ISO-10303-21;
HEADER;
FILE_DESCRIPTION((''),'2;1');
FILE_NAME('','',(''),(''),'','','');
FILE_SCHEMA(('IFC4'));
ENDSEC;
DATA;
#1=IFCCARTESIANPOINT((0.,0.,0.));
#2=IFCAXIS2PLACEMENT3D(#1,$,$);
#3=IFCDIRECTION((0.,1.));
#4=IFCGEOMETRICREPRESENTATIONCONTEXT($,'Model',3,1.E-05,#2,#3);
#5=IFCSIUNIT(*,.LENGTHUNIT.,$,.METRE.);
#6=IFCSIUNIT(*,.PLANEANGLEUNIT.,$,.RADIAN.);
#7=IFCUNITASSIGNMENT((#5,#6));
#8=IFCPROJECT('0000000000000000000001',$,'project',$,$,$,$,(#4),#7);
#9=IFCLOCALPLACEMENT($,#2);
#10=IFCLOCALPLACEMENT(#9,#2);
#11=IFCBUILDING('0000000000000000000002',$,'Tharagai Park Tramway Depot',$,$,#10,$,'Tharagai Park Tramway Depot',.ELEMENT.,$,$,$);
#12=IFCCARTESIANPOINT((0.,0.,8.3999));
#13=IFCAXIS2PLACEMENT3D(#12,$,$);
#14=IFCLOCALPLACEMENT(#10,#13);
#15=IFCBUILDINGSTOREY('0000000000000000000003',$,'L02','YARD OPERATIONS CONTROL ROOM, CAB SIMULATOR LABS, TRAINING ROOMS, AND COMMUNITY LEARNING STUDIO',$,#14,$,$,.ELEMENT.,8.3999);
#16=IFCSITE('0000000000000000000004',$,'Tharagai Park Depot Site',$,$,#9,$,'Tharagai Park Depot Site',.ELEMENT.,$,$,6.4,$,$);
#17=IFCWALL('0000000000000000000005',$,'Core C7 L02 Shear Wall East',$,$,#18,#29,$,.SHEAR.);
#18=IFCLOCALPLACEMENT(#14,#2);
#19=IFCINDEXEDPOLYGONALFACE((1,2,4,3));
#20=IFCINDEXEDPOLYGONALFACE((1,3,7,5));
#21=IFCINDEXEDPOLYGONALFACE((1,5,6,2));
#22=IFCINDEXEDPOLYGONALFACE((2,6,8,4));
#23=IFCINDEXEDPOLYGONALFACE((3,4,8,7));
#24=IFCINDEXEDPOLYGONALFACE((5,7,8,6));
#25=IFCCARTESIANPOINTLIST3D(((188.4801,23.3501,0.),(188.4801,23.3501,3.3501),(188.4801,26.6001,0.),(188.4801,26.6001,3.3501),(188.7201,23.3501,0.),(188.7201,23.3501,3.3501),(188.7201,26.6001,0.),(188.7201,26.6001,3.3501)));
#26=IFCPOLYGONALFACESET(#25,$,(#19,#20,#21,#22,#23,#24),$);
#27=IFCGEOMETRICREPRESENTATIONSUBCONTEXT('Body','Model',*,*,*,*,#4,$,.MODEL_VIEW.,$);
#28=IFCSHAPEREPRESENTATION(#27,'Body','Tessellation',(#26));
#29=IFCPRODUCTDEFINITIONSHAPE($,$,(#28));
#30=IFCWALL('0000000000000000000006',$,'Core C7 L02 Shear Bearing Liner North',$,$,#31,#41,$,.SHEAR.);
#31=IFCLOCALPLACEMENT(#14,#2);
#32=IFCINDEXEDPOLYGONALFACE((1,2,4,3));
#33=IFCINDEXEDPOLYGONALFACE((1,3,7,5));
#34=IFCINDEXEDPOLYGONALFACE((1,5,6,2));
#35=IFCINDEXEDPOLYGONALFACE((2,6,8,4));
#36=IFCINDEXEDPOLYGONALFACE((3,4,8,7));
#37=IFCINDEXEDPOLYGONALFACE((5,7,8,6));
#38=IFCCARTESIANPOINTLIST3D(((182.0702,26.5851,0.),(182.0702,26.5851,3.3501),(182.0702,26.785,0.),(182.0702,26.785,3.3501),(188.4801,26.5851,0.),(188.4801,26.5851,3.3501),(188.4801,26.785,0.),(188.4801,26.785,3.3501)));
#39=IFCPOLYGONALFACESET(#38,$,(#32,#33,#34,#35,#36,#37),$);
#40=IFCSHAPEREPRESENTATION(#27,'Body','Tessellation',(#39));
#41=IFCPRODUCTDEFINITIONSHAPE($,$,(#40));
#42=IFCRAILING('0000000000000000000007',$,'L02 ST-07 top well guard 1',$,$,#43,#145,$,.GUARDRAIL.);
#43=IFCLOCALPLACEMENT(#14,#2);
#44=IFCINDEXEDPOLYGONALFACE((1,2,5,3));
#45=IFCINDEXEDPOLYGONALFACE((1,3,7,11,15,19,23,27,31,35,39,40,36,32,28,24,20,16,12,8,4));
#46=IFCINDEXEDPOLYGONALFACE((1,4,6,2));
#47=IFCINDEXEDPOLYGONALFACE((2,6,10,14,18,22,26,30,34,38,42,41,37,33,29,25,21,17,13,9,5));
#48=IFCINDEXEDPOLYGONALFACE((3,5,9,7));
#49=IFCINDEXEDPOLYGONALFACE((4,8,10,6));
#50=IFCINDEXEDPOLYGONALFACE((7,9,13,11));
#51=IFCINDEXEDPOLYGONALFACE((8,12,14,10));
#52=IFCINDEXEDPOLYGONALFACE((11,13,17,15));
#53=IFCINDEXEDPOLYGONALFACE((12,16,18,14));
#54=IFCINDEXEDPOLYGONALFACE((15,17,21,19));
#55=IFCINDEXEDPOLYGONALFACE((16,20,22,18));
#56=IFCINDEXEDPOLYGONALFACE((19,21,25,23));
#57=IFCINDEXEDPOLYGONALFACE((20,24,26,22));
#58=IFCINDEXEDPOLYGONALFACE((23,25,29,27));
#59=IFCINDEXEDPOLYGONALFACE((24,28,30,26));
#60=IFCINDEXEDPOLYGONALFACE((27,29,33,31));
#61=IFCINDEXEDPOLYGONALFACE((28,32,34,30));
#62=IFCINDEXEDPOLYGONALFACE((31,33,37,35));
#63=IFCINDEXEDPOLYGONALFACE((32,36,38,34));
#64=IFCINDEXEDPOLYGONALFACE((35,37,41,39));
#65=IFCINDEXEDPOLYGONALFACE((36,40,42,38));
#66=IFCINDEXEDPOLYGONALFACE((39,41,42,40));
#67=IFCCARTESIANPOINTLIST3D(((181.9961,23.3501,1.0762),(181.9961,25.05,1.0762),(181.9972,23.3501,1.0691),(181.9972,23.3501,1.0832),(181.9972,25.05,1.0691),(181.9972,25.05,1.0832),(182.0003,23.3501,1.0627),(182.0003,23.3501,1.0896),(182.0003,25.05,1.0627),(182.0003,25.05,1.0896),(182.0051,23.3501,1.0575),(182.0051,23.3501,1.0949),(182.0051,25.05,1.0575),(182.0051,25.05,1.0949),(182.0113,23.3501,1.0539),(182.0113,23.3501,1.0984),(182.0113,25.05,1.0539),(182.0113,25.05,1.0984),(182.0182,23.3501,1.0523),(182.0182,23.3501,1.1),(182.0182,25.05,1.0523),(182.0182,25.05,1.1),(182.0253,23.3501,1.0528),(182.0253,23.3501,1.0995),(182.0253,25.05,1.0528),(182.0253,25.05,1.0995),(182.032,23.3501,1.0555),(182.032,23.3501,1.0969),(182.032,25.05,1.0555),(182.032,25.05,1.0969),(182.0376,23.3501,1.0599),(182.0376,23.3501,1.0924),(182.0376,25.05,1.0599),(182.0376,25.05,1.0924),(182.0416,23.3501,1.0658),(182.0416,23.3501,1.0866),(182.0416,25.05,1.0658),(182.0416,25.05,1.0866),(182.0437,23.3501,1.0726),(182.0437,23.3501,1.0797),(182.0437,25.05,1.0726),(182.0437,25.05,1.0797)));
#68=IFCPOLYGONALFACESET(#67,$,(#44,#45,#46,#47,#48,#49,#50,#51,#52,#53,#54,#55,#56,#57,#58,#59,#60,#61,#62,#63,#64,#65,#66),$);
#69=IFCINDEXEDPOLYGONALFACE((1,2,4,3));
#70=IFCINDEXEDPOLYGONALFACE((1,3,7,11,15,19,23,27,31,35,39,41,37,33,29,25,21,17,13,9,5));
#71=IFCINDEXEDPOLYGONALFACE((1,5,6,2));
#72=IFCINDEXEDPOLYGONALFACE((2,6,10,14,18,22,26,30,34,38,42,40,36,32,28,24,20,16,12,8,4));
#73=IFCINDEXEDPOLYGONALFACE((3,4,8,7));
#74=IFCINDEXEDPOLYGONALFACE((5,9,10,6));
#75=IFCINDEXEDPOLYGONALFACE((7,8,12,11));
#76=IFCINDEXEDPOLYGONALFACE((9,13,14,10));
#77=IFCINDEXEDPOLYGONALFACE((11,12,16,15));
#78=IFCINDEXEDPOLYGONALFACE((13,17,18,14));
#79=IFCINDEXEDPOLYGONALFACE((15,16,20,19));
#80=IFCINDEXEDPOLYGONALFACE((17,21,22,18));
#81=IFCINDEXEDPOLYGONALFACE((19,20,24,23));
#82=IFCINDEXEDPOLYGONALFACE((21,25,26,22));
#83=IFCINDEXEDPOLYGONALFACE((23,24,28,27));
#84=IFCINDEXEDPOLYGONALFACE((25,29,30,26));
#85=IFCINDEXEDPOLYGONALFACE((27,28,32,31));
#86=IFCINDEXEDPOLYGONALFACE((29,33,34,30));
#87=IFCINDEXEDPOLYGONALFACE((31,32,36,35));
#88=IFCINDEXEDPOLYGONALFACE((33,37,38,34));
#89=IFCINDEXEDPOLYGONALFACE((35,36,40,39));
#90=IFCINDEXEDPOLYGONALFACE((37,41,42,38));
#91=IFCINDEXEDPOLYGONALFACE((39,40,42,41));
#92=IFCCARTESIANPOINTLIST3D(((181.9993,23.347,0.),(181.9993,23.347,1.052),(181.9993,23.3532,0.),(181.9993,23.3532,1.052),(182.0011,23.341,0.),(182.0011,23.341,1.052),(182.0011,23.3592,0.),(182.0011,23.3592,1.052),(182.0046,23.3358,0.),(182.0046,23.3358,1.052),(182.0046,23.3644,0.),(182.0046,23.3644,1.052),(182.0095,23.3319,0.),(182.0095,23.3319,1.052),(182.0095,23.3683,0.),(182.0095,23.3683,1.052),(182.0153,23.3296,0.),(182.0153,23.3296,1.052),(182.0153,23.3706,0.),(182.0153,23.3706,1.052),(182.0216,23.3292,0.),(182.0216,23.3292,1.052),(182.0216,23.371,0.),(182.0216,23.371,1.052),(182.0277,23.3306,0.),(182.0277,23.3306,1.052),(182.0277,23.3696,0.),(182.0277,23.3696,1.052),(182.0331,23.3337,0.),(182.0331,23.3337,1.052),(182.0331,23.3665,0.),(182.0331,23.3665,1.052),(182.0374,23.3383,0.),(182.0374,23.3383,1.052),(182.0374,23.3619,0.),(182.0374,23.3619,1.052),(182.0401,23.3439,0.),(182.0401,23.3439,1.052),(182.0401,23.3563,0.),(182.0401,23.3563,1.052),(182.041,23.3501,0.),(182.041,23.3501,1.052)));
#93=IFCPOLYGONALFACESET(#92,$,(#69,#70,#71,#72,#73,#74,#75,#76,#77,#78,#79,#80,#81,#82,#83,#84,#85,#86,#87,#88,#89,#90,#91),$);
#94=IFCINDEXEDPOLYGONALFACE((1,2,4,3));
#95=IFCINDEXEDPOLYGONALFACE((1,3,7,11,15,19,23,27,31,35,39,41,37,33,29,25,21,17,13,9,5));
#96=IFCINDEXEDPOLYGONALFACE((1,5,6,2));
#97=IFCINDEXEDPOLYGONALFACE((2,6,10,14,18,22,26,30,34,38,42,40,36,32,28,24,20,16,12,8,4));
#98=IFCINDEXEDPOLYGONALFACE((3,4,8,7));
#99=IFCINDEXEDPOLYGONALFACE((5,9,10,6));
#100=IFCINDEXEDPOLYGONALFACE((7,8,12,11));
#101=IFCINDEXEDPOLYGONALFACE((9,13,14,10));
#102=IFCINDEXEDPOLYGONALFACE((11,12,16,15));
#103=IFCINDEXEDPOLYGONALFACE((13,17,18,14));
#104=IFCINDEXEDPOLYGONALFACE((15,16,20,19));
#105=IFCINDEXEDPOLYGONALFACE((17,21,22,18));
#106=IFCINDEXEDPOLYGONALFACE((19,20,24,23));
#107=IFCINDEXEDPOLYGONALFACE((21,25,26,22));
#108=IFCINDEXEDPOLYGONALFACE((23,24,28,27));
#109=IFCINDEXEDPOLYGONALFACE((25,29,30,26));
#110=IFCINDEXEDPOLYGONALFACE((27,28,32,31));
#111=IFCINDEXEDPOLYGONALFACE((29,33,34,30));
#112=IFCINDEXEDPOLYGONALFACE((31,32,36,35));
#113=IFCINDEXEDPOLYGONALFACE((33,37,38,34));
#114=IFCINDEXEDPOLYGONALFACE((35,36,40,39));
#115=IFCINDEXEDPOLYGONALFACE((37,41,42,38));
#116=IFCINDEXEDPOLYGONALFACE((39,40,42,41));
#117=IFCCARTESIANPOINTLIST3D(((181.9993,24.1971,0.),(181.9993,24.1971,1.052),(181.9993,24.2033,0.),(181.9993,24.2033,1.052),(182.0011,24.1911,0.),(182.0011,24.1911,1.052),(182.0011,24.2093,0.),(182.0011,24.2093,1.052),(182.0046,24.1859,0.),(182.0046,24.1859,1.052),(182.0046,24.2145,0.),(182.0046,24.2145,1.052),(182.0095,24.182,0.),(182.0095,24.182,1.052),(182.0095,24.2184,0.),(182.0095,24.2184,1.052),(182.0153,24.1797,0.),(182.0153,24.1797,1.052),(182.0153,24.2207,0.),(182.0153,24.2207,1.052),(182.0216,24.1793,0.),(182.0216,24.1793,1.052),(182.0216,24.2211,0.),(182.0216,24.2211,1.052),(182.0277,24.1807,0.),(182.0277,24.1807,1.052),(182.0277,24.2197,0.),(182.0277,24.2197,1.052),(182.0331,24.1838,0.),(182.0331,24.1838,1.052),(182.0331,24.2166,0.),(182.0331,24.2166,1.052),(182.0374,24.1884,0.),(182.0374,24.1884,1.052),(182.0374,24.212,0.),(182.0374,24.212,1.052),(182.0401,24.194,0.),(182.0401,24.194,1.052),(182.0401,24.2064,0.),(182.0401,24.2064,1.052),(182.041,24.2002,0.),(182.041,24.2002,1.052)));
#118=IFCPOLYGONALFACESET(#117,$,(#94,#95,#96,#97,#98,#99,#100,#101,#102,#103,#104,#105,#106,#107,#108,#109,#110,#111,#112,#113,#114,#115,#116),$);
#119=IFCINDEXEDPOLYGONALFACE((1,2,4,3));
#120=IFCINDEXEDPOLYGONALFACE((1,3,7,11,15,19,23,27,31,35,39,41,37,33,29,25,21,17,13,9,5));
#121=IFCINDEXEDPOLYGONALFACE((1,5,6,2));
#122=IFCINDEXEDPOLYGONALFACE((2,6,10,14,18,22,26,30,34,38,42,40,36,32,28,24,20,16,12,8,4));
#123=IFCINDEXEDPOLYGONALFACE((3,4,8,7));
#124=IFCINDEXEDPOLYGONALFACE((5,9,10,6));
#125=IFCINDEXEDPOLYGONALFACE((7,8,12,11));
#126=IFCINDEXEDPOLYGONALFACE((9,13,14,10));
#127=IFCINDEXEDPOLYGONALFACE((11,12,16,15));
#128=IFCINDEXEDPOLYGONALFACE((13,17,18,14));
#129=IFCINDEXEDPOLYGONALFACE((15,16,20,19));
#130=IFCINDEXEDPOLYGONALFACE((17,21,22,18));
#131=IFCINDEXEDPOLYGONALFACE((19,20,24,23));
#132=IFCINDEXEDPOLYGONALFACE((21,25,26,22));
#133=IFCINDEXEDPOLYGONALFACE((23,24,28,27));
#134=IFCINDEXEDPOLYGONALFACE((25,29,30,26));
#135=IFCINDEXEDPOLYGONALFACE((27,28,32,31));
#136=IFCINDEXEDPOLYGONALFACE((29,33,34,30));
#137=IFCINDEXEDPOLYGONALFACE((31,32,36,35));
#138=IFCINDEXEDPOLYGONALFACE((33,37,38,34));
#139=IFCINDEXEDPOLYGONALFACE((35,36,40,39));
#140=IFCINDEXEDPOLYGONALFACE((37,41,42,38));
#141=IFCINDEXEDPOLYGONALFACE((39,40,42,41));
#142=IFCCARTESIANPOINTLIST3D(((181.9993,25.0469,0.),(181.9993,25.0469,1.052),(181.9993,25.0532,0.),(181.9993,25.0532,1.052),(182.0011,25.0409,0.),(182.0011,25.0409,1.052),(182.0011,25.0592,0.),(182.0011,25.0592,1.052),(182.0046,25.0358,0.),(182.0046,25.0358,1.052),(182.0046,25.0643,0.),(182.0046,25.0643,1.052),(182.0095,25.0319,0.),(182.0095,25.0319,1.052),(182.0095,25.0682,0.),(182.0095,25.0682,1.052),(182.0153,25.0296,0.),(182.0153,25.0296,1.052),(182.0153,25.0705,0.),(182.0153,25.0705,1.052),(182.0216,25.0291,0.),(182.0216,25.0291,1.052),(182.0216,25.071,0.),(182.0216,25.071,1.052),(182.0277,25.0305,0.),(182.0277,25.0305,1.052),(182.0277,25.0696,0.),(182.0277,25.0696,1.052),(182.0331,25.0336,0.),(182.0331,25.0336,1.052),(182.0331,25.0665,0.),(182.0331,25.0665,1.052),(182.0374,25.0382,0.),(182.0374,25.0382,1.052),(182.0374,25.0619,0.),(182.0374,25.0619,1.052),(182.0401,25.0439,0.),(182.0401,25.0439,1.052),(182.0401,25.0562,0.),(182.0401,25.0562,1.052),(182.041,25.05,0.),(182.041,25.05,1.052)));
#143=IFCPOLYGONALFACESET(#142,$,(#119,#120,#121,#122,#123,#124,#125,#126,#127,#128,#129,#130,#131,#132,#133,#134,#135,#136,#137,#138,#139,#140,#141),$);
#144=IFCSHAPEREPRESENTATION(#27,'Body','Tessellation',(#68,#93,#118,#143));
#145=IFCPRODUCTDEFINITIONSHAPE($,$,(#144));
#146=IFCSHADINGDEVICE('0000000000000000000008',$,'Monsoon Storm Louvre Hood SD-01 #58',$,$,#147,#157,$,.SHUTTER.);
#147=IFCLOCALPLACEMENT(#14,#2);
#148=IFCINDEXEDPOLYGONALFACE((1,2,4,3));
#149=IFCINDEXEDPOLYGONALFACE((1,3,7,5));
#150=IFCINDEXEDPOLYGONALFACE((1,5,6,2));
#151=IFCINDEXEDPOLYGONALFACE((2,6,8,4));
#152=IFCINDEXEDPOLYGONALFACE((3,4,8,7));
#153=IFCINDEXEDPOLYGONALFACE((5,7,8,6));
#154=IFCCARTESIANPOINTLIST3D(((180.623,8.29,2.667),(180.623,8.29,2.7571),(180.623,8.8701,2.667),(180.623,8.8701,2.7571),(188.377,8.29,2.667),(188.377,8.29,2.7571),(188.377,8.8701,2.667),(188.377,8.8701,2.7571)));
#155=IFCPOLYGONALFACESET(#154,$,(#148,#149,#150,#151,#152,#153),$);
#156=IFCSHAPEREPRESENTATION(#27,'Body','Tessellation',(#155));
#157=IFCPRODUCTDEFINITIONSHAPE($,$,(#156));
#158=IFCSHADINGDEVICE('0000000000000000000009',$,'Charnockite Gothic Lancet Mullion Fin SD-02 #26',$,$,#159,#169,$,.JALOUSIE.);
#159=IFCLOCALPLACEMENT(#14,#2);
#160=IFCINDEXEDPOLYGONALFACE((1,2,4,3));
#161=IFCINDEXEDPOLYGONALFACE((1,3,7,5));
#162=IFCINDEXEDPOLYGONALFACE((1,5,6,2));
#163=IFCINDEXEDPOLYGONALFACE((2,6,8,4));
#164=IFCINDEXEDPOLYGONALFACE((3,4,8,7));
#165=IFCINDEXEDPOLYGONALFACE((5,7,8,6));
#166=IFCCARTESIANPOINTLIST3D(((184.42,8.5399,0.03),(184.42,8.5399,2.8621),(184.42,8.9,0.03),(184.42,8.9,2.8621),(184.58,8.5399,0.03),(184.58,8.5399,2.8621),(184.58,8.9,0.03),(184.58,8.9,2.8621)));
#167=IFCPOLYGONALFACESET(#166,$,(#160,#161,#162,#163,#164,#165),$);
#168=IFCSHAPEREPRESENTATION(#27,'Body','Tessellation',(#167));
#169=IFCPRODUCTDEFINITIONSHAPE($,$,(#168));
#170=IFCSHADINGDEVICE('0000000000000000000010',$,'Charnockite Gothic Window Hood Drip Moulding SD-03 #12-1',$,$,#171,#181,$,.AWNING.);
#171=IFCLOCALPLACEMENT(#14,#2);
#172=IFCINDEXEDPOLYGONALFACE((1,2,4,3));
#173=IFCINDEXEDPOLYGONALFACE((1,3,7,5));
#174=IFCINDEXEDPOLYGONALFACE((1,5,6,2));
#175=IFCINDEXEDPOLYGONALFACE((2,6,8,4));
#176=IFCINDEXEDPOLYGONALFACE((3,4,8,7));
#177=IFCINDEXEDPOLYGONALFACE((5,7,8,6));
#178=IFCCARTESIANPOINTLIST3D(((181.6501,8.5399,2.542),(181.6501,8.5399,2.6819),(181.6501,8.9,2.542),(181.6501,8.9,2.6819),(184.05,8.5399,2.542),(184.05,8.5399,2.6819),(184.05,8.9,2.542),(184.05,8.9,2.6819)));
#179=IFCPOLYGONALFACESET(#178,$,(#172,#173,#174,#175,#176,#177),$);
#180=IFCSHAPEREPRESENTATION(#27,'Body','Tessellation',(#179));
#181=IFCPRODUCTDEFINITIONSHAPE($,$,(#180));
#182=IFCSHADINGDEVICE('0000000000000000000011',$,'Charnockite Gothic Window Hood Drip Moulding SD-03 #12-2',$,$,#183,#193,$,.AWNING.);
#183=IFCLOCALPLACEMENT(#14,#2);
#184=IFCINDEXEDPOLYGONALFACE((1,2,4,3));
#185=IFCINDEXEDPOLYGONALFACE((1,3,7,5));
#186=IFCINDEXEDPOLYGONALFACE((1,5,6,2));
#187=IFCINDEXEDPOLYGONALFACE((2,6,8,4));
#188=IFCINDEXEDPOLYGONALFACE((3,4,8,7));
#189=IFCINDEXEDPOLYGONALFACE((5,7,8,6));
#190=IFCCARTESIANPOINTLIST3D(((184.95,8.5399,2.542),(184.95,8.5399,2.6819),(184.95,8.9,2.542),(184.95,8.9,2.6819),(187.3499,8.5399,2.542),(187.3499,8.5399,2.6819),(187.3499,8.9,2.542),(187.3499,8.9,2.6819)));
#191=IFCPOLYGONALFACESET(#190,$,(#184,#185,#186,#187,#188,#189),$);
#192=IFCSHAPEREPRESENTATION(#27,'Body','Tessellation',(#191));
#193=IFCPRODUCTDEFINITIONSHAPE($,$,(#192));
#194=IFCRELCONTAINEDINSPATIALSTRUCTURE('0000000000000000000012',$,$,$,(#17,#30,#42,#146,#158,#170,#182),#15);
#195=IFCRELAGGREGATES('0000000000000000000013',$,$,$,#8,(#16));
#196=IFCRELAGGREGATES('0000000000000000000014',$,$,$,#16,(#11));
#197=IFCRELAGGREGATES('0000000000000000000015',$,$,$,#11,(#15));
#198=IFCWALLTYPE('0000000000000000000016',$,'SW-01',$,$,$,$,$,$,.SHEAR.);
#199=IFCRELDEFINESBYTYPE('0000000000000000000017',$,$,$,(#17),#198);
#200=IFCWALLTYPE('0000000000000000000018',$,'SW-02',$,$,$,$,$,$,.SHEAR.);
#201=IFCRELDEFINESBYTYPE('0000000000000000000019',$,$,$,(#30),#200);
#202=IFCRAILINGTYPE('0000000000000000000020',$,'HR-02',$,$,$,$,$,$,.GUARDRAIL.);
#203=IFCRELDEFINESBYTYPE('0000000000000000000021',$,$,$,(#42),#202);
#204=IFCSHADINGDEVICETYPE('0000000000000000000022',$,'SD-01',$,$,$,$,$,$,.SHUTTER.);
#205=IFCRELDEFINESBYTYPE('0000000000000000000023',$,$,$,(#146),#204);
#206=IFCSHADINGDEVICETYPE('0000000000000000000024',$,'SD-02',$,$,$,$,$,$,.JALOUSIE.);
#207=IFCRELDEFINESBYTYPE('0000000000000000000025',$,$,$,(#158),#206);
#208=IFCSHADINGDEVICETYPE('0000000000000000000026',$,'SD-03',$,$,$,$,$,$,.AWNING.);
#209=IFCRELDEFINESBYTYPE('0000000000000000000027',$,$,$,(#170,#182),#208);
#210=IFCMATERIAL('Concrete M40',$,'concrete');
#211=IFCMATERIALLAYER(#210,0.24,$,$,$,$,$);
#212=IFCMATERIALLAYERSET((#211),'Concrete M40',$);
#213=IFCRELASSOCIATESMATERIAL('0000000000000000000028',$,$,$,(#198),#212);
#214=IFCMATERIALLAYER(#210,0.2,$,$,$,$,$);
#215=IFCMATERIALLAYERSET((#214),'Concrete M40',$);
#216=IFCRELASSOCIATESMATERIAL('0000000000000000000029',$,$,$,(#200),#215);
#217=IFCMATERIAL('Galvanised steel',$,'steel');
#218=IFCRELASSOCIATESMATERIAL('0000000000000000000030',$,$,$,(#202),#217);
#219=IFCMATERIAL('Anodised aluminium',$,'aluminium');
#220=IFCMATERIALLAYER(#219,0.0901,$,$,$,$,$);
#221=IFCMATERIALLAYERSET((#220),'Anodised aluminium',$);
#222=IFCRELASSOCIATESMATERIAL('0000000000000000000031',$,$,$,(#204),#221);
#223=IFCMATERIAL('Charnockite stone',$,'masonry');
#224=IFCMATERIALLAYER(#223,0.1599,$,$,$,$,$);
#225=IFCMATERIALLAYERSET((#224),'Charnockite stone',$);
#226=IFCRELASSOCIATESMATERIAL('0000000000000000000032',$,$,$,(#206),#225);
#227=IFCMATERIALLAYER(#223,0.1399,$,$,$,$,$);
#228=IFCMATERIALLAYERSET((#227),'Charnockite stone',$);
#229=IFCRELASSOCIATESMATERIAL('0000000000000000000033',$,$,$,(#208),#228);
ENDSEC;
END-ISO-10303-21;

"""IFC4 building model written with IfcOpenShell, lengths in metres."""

from ifc_helpers import new_model, si_unit, direction, frame, frame_2d, origin, origin_2d, place, context, subcontext, project, spatial, rectangle, circle, extrude, material, layer, layer_set, type_object, element, save


model = new_model("IFC4")

# Units and contexts
model_context = context("Model", 3, precision=1e-05, world=origin(), true_north=direction((0.0, 1.0)))
body_context = subcontext(model_context, "Body", "Model", "MODEL_VIEW")
ifc_project = project(units=[si_unit("LENGTHUNIT", "METRE"), si_unit("PLANEANGLEUNIT", "RADIAN")], contexts=[model_context])

# Site, building, storey
site_placement = place(None, origin())
site = spatial("IfcSite", under=ifc_project, at=site_placement, Name="Tharagai Park Depot Site", LongName="Tharagai Park Depot Site", CompositionType="ELEMENT", RefElevation=6.4)
building_placement = place(site_placement, origin())
building = spatial("IfcBuilding", under=site, at=building_placement, Name="Tharagai Park Tramway Depot", LongName="Tharagai Park Tramway Depot", CompositionType="ELEMENT")
storey_placement = place(building_placement, frame((0.0, 0.0, 8.3999)))
storey = spatial("IfcBuildingStorey", under=building, at=storey_placement, Name="L02", Description="YARD OPERATIONS CONTROL ROOM, CAB SIMULATOR LABS, TRAINING ROOMS, AND COMMUNITY LEARNING STUDIO", CompositionType="ELEMENT", Elevation=8.3999)

# Shared definitions
ifc_material_1 = material(Name="Concrete M40", Category="concrete")

# Shared definitions
ifc_material_2 = material(Name="Anodised aluminium", Category="aluminium")

# Shared definitions
ifc_layer_1 = layer(ifc_material_1, 0.24)
ifc_layer_set_1 = layer_set([ifc_layer_1], Name="Concrete M40")
wall_type_1 = type_object("IfcWallType", Name="SW-01", PredefinedType="SHEAR", material=ifc_layer_set_1)
ifc_material_3 = material(Name="Galvanised steel", Category="steel")

# Walls
for number, where, z_axis, x_axis, name in (
    (1, (188.6001, 23.3501, 0.0), (0.0, 0.0, 1.0), (0.0, 1.0, 0.0), "Core C7 L02 Shear Wall East"),
):
    element("IfcWall", number, at=place(storey_placement, frame(where, z_axis=z_axis, x_axis=x_axis)), inside=storey, type_object=wall_type_1, Name=name, PredefinedType="SHEAR", context=body_context, shape_type="SweptSolid", body=[
        extrude(rectangle(XDim=3.25, YDim=0.24, at=frame_2d((1.625, 0.0))), origin(), (0.0, 0.0, 1.0), 3.3501),
    ])
ifc_layer_2 = layer(ifc_material_1, 0.2)
ifc_layer_set_2 = layer_set([ifc_layer_2], Name="Concrete M40")
wall_type_2 = type_object("IfcWallType", Name="SW-02", PredefinedType="SHEAR", material=ifc_layer_set_2)
wall_1_placement = place(storey_placement, frame((182.0701, 26.6851, 0.0), z_axis=(0.0, 0.0, 1.0), x_axis=(1.0, 0.0, 0.0)))
element("IfcWall", 2, at=wall_1_placement, inside=storey, type_object=wall_type_2, Name="Core C7 L02 Shear Bearing Liner North", PredefinedType="SHEAR", context=body_context, shape_type="SweptSolid", body=[
    extrude(rectangle(XDim=6.4099, YDim=0.2, at=frame_2d((3.2051, 0.0))), origin(), (0.0, 0.0, 1.0), 3.3501),
])

# Railing
railing_type_1 = type_object("IfcRailingType", Name="HR-02", PredefinedType="GUARDRAIL", material=ifc_material_3)
railing_1_placement = place(storey_placement, frame((182.02, 23.3501, 0.0)))
element("IfcRailing", 3, at=railing_1_placement, inside=storey, type_object=railing_type_1, Name="L02 ST-07 top well guard 1", PredefinedType="GUARDRAIL", context=body_context, shape_type="SweptSolid", body=[
    extrude(circle(Radius=0.0239, at=origin_2d()), frame((0.0, 0.0, 1.0762), z_axis=(0.0, 1.0, 0.0), x_axis=(-1.0, 0.0, 0.0)), (0.0, 0.0, 1.0), 1.7),
    extrude(circle(Radius=0.021, at=origin_2d()), origin(), (0.0, 0.0, 1.0), 1.052),
    extrude(circle(Radius=0.021, at=origin_2d()), frame((0.0, 0.8501, 0.0)), (0.0, 0.0, 1.0), 1.052),
    extrude(circle(Radius=0.021, at=origin_2d()), frame((0.0, 1.7, 0.0)), (0.0, 0.0, 1.0), 1.052),
])

# Shading devices
ifc_layer_3 = layer(ifc_material_2, 0.0901)
ifc_layer_set_3 = layer_set([ifc_layer_3], Name="Anodised aluminium")
shading_device_type_1 = type_object("IfcShadingDeviceType", Name="SD-01", PredefinedType="SHUTTER", material=ifc_layer_set_3)
shading_device_1_placement = place(storey_placement, frame((184.5, 8.5801, 2.667), z_axis=(0.0, 0.0, 1.0), x_axis=(1.0, 0.0, 0.0)))
element("IfcShadingDevice", 4, at=shading_device_1_placement, inside=storey, type_object=shading_device_type_1, Name="Monsoon Storm Louvre Hood SD-01 #58", PredefinedType="SHUTTER", context=body_context, shape_type="SweptSolid", body=[
    extrude(rectangle(XDim=7.7539, YDim=0.5801, at=origin_2d()), origin(), (0.0, 0.0, 1.0), 0.0901),
])
ifc_material_4 = material(Name="Charnockite stone", Category="masonry")
ifc_layer_4 = layer(ifc_material_4, 0.1599)
ifc_layer_set_4 = layer_set([ifc_layer_4], Name="Charnockite stone")
shading_device_type_2 = type_object("IfcShadingDeviceType", Name="SD-02", PredefinedType="JALOUSIE", material=ifc_layer_set_4)
shading_device_2_placement = place(storey_placement, frame((184.5, 8.72, 0.03), z_axis=(0.0, 0.0, 1.0), x_axis=(1.0, 0.0, 0.0)))
element("IfcShadingDevice", 5, at=shading_device_2_placement, inside=storey, type_object=shading_device_type_2, Name="Charnockite Gothic Lancet Mullion Fin SD-02 #26", PredefinedType="JALOUSIE", context=body_context, shape_type="SweptSolid", body=[
    extrude(rectangle(XDim=0.1599, YDim=0.3601, at=origin_2d()), origin(), (0.0, 0.0, 1.0), 2.832),
])
ifc_layer_5 = layer(ifc_material_4, 0.1399)
ifc_layer_set_5 = layer_set([ifc_layer_5], Name="Charnockite stone")
shading_device_type_3 = type_object("IfcShadingDeviceType", Name="SD-03", PredefinedType="AWNING", material=ifc_layer_set_5)
for number, where, z_axis, x_axis, name in (
    (6, (182.8501, 8.72, 2.542), (0.0, 0.0, 1.0), (1.0, 0.0, 0.0), "Charnockite Gothic Window Hood Drip Moulding SD-03 #12-1"),
    (7, (186.1499, 8.72, 2.542), (0.0, 0.0, 1.0), (1.0, 0.0, 0.0), "Charnockite Gothic Window Hood Drip Moulding SD-03 #12-2"),
):
    element("IfcShadingDevice", number, at=place(storey_placement, frame(where, z_axis=z_axis, x_axis=x_axis)), inside=storey, type_object=shading_device_type_3, Name=name, PredefinedType="AWNING", context=body_context, shape_type="SweptSolid", body=[
        extrude(rectangle(XDim=2.3999, YDim=0.3601, at=origin_2d()), origin(), (0.0, 0.0, 1.0), 0.1399),
    ])

save(model, "model.ifc")
